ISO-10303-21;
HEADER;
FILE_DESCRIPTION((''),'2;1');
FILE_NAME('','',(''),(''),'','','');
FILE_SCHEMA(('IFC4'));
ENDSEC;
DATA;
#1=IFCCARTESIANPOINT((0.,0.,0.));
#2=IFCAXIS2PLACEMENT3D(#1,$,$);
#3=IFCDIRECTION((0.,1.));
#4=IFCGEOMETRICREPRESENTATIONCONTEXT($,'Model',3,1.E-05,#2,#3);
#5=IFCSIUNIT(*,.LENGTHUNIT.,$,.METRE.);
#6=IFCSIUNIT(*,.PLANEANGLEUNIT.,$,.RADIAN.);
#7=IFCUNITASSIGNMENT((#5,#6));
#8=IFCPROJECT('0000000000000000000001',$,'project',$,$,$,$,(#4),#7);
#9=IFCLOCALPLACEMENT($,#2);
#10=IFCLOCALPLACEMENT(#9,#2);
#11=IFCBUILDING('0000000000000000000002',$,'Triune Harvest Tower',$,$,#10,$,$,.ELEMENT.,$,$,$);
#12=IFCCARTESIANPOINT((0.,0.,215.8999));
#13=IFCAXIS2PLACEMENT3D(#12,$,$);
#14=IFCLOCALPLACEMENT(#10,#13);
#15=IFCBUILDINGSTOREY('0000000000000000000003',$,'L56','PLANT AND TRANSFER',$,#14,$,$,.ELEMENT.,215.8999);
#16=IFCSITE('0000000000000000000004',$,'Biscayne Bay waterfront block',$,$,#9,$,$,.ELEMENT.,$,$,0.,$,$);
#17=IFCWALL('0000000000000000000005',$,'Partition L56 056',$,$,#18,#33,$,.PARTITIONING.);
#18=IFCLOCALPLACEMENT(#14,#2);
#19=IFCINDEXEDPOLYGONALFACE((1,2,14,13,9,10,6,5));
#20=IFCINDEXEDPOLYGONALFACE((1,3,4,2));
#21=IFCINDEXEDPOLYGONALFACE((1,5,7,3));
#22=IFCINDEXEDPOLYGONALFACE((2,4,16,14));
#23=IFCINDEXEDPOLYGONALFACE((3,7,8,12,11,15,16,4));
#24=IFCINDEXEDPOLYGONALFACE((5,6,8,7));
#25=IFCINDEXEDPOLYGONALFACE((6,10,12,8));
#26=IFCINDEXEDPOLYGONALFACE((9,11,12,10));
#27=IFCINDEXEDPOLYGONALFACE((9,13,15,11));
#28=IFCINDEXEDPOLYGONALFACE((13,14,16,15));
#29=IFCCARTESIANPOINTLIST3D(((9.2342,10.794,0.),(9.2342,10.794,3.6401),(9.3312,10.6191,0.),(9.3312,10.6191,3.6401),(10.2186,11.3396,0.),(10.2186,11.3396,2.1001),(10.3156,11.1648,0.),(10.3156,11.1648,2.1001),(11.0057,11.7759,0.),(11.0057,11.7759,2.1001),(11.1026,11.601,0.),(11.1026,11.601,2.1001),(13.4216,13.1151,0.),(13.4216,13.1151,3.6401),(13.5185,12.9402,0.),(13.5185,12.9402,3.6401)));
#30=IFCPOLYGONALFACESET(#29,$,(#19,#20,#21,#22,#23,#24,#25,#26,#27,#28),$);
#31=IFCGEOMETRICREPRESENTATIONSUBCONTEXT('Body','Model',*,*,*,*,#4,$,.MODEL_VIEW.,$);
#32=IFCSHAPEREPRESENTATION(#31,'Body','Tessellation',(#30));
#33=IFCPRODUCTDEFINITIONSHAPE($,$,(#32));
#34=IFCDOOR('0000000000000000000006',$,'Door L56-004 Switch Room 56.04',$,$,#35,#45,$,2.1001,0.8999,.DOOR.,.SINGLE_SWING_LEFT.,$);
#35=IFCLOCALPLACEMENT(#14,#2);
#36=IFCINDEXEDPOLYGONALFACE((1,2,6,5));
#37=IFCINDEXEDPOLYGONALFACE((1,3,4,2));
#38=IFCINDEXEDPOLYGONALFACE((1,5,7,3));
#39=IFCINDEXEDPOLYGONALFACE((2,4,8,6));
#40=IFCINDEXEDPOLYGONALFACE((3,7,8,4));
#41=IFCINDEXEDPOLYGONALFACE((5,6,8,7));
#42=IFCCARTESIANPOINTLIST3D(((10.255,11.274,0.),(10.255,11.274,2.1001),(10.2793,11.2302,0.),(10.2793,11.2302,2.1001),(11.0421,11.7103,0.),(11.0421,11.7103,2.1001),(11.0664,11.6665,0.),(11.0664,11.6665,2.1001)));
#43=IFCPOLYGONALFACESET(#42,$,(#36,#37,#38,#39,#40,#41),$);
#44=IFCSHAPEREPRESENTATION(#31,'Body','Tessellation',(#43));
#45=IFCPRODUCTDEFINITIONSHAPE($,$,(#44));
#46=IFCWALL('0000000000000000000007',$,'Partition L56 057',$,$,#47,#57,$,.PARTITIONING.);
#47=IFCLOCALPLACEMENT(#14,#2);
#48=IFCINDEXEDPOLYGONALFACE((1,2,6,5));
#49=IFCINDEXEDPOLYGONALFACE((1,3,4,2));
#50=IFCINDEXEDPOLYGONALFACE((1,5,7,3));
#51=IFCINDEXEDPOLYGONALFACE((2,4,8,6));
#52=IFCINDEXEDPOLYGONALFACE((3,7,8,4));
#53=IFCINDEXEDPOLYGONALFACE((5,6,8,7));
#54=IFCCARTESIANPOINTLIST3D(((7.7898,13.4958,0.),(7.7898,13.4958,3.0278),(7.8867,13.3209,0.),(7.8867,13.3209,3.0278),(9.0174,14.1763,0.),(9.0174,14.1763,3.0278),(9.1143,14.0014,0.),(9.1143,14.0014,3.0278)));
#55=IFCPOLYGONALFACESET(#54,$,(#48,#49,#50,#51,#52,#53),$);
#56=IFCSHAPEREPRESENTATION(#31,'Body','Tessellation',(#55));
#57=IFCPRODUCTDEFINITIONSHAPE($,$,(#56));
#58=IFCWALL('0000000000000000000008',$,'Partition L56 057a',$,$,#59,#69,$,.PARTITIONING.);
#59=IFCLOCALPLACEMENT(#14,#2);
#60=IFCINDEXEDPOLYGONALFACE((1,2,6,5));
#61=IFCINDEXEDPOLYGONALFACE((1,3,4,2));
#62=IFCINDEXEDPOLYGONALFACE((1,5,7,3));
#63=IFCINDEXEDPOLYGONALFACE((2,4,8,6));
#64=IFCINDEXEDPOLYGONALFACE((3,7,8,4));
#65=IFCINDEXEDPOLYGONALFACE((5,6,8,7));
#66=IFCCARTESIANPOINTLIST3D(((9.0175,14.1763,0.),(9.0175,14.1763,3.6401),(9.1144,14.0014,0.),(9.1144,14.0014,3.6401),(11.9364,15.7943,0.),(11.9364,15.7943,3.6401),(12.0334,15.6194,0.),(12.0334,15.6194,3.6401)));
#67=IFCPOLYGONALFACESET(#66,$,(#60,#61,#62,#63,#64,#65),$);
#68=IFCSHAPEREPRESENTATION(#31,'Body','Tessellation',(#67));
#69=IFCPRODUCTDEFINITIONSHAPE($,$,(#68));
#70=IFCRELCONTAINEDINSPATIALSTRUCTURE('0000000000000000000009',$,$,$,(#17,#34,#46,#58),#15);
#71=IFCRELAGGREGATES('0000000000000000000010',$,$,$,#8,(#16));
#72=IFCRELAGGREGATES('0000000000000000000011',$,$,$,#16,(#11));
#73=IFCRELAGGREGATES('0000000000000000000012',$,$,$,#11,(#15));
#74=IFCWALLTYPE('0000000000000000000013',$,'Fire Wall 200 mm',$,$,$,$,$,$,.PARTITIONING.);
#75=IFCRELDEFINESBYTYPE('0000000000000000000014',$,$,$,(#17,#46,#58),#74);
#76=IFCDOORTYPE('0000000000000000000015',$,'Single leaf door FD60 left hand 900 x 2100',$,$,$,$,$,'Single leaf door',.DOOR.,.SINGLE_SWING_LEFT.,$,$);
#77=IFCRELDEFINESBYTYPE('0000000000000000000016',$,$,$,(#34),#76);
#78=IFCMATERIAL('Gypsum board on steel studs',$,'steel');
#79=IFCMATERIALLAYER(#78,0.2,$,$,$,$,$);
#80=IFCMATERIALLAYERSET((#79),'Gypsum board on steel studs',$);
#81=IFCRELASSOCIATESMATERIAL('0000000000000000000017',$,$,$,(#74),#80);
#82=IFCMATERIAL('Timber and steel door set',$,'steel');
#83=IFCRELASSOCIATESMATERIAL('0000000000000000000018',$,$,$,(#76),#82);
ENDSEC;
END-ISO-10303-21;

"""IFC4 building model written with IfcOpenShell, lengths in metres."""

from ifc_helpers import new_model, si_unit, direction, frame, frame_2d, origin, place, context, subcontext, project, spatial, rectangle, extrude, material, layer, layer_set, type_object, element, fill, save


model = new_model("IFC4")

# Units and contexts
model_context = context("Model", 3, precision=1e-05, world=origin(), true_north=direction((0.0, 1.0)))
body_context = subcontext(model_context, "Body", "Model", "MODEL_VIEW")
ifc_project = project(units=[si_unit("LENGTHUNIT", "METRE"), si_unit("PLANEANGLEUNIT", "RADIAN")], contexts=[model_context])

# Site, building, storey
site_placement = place(None, origin())
site = spatial("IfcSite", under=ifc_project, at=site_placement, Name="Biscayne Bay waterfront block", CompositionType="ELEMENT", RefElevation=0.0)
building_placement = place(site_placement, origin())
building = spatial("IfcBuilding", under=site, at=building_placement, Name="Triune Harvest Tower", CompositionType="ELEMENT")
storey_placement = place(building_placement, frame((0.0, 0.0, 215.8999)))
storey = spatial("IfcBuildingStorey", under=building, at=storey_placement, Name="L56", Description="PLANT AND TRANSFER", CompositionType="ELEMENT", Elevation=215.8999)

# Shared definitions
ifc_material_1 = material(Name="Gypsum board on steel studs", Category="steel")
ifc_layer_1 = layer(ifc_material_1, 0.2)
ifc_layer_set_1 = layer_set([ifc_layer_1], Name="Gypsum board on steel studs")
wall_type = type_object("IfcWallType", Name="Fire Wall 200 mm", PredefinedType="PARTITIONING", material=ifc_layer_set_1)

# Wall, opening, door
wall_1_placement = place(storey_placement, frame((9.2827, 10.7065, 0.0), z_axis=(0.0, 0.0, 1.0), x_axis=(0.874619, 0.484811, 0.0)))
wall_1 = element("IfcWall", 1, at=wall_1_placement, inside=storey, type_object=wall_type, Name="Partition L56 056", PredefinedType="PARTITIONING", context=body_context, shape_type="SweptSolid", body=[
    extrude(rectangle(XDim=4.7876, YDim=0.2, at=frame_2d((2.3938, 0.0))), origin(), (0.0, 0.0, 1.0), 3.6401),
])
opening_1_placement = place(wall_1_placement, frame((1.1255, 0.0, 0.0)))
opening_1 = element("IfcOpeningElement", 2, at=opening_1_placement, cuts=wall_1, PredefinedType="OPENING", context=body_context, shape_type="SweptSolid", body=[
    extrude(rectangle(XDim=0.8999, YDim=2.1001, at=frame_2d((0.45, 1.05))), frame((0.0, 0.1099, 0.0), z_axis=(0.0, -1.0, 0.0), x_axis=(1.0, 0.0, 0.0)), (0.0, 0.0, 1.0), 0.22),
])
ifc_material_2 = material(Name="Timber and steel door set", Category="steel")
door_type_1 = type_object("IfcDoorType", Name="Single leaf door FD60 left hand 900 x 2100", ElementType="Single leaf door", OperationType="SINGLE_SWING_LEFT", PredefinedType="DOOR", material=ifc_material_2)
door_1_placement = place(opening_1_placement, origin())
door_1 = element("IfcDoor", 3, at=door_1_placement, inside=storey, type_object=door_type_1, Name="Door L56-004 Switch Room 56.04", OperationType="SINGLE_SWING_LEFT", OverallHeight=2.1001, OverallWidth=0.8999, PredefinedType="DOOR", context=body_context, shape_type="SweptSolid", body=[
    extrude(rectangle(XDim=0.8999, YDim=2.1001, at=frame_2d((0.45, 1.05))), frame((0.0, 0.0249, 0.0), z_axis=(0.0, -1.0, 0.0), x_axis=(1.0, 0.0, 0.0)), (0.0, 0.0, 1.0), 0.05),
])
fill(opening_1, door_1)

# Walls
wall_2_placement = place(storey_placement, frame((7.8384, 13.4084, 0.0), z_axis=(0.0, 0.0, 1.0), x_axis=(0.874625, 0.484801, 0.0)))
element("IfcWall", 4, at=wall_2_placement, inside=storey, type_object=wall_type, Name="Partition L56 057", PredefinedType="PARTITIONING", context=body_context, shape_type="SweptSolid", body=[
    extrude(rectangle(XDim=1.4036, YDim=0.2, at=frame_2d((0.7017, 0.0))), origin(), (0.0, 0.0, 1.0), 3.0278),
])
wall_3_placement = place(storey_placement, frame((9.0659, 14.0889, 0.0), z_axis=(0.0, 0.0, 1.0), x_axis=(0.87463, 0.484792, 0.0)))
element("IfcWall", 5, at=wall_3_placement, inside=storey, type_object=wall_type, Name="Partition L56 057a", PredefinedType="PARTITIONING", context=body_context, shape_type="SweptSolid", body=[
    extrude(rectangle(XDim=3.3374, YDim=0.2, at=frame_2d((1.6687, 0.0))), origin(), (0.0, 0.0, 1.0), 3.6401),
])

save(model, "model.ifc")
